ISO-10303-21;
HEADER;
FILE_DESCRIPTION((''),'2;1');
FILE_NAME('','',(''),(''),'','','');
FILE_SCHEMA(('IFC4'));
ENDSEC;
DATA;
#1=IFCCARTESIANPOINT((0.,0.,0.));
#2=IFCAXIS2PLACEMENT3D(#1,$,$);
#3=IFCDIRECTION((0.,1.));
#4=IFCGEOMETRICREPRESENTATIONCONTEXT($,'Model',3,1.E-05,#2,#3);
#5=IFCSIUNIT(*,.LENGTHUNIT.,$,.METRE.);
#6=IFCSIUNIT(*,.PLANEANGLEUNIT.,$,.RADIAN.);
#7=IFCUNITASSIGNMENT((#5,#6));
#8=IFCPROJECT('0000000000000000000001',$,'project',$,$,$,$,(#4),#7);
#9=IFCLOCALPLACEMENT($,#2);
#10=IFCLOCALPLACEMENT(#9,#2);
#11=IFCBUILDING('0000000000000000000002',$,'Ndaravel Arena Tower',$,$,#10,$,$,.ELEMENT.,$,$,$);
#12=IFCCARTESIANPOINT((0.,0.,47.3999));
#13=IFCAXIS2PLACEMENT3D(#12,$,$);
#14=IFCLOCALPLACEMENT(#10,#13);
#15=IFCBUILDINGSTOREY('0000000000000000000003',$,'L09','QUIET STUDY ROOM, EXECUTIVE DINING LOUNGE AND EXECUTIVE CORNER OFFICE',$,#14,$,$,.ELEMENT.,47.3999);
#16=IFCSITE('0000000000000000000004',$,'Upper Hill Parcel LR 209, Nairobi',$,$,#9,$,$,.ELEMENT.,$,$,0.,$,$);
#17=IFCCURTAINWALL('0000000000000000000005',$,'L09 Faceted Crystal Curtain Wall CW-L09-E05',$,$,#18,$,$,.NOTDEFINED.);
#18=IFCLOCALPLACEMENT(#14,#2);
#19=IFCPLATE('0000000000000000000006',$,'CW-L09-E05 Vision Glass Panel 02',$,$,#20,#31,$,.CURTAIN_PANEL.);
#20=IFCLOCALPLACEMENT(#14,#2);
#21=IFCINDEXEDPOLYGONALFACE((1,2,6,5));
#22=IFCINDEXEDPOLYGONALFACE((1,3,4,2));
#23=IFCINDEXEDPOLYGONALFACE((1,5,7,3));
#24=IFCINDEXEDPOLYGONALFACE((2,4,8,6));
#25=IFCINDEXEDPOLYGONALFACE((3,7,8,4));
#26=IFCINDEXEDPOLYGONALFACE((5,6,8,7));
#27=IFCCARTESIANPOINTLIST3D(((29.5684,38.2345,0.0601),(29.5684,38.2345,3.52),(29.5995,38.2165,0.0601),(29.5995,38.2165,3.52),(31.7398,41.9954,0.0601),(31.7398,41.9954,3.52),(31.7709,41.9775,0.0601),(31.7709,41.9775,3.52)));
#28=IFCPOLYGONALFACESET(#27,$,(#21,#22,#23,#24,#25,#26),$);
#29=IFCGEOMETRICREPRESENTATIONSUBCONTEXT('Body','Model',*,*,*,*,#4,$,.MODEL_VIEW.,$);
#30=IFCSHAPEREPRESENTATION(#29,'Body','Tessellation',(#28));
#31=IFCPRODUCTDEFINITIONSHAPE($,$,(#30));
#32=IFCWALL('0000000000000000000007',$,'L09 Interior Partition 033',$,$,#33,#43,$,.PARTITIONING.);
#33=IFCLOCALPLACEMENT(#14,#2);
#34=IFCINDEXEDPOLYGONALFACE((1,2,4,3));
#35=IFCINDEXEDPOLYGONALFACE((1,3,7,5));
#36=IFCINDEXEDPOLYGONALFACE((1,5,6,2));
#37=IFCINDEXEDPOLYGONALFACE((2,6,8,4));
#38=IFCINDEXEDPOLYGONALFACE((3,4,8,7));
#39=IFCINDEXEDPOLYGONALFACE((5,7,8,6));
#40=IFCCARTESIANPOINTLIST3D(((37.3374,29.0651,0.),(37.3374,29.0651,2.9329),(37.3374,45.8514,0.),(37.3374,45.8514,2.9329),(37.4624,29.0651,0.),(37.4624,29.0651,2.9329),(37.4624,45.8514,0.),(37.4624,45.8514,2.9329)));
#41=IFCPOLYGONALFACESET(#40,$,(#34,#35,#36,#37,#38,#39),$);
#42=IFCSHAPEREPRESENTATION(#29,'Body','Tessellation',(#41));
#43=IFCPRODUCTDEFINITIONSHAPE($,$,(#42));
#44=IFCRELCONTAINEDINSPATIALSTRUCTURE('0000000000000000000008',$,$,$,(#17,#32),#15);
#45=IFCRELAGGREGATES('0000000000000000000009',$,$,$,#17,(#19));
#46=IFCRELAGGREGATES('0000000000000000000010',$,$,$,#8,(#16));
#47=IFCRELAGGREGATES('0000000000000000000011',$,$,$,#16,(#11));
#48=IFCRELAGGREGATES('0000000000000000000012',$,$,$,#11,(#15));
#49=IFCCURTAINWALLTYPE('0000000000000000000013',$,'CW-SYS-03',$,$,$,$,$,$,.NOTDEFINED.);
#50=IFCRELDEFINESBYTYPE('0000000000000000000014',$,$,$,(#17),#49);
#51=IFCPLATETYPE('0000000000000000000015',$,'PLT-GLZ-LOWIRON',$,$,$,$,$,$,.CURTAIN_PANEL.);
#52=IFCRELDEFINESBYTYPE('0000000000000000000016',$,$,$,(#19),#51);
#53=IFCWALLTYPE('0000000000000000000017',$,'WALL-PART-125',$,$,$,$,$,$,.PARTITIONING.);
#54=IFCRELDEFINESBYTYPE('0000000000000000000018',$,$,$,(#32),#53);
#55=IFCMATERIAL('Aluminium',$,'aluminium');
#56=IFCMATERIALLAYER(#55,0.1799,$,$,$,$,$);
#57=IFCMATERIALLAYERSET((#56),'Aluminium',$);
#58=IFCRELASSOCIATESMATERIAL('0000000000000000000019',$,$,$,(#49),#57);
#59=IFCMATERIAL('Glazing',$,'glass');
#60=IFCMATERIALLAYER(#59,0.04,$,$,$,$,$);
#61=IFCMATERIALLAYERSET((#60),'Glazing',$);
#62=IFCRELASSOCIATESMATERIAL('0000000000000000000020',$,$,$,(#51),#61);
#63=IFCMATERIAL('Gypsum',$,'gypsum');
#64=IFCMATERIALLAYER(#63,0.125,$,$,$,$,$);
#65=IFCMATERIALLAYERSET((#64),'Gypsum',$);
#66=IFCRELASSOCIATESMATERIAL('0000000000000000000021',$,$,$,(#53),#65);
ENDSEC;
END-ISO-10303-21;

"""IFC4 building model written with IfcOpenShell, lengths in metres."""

from ifc_helpers import new_model, si_unit, direction, frame, frame_2d, origin, origin_2d, place, context, subcontext, project, spatial, rectangle, extrude, material, layer, layer_set, type_object, element, aggregate, save


model = new_model("IFC4")

# Units and contexts
model_context = context("Model", 3, precision=1e-05, world=origin(), true_north=direction((0.0, 1.0)))
body_context = subcontext(model_context, "Body", "Model", "MODEL_VIEW")
ifc_project = project(units=[si_unit("LENGTHUNIT", "METRE"), si_unit("PLANEANGLEUNIT", "RADIAN")], contexts=[model_context])

# Site, building, storey
site_placement = place(None, origin())
site = spatial("IfcSite", under=ifc_project, at=site_placement, Name="Upper Hill Parcel LR 209, Nairobi", CompositionType="ELEMENT", RefElevation=0.0)
building_placement = place(site_placement, origin())
building = spatial("IfcBuilding", under=site, at=building_placement, Name="Ndaravel Arena Tower", CompositionType="ELEMENT")
storey_placement = place(building_placement, frame((0.0, 0.0, 47.3999)))
storey = spatial("IfcBuildingStorey", under=building, at=storey_placement, Name="L09", Description="QUIET STUDY ROOM, EXECUTIVE DINING LOUNGE AND EXECUTIVE CORNER OFFICE", CompositionType="ELEMENT", Elevation=47.3999)

# Curtain wall
ifc_material_1 = material(Name="Aluminium", Category="aluminium")
ifc_layer_1 = layer(ifc_material_1, 0.1799)
ifc_layer_set_1 = layer_set([ifc_layer_1], Name="Aluminium")
curtain_wall_type_1 = type_object("IfcCurtainWallType", Name="CW-SYS-03", PredefinedType="NOTDEFINED", material=ifc_layer_set_1)
curtain_wall_1_placement = place(storey_placement, origin())
curtain_wall_1 = element("IfcCurtainWall", 1, at=curtain_wall_1_placement, inside=storey, type_object=curtain_wall_type_1, Name="L09 Faceted Crystal Curtain Wall CW-L09-E05", PredefinedType="NOTDEFINED")

# Plate
ifc_material_2 = material(Name="Glazing", Category="glass")
ifc_layer_2 = layer(ifc_material_2, 0.04)
ifc_layer_set_2 = layer_set([ifc_layer_2], Name="Glazing")
plate_type_1 = type_object("IfcPlateType", Name="PLT-GLZ-LOWIRON", PredefinedType="CURTAIN_PANEL", material=ifc_layer_set_2)
plate_1_placement = place(storey_placement, frame((30.6697, 40.106, 0.0601), z_axis=(0.0, 0.0, 1.0), x_axis=(-0.5, -0.866025, 0.0)))
plate_1 = element("IfcPlate", 2, at=plate_1_placement, type_object=plate_type_1, Name="CW-L09-E05 Vision Glass Panel 02", PredefinedType="CURTAIN_PANEL", context=body_context, shape_type="SweptSolid", body=[
    extrude(rectangle(XDim=4.3428, YDim=0.0359, at=origin_2d()), origin(), (0.0, 0.0, 1.0), 3.46),
])
aggregate(curtain_wall_1, [plate_1])

# Wall
ifc_material_3 = material(Name="Gypsum", Category="gypsum")
ifc_layer_3 = layer(ifc_material_3, 0.125)
ifc_layer_set_3 = layer_set([ifc_layer_3], Name="Gypsum")
wall_type = type_object("IfcWallType", Name="WALL-PART-125", PredefinedType="PARTITIONING", material=ifc_layer_set_3)
wall_placement = place(storey_placement, frame((37.3999, 45.8513, 0.0), z_axis=(0.0, 0.0, 1.0), x_axis=(0.0, -1.0, 0.0)))
element("IfcWall", 3, at=wall_placement, inside=storey, type_object=wall_type, Name="L09 Interior Partition 033", PredefinedType="PARTITIONING", context=body_context, shape_type="SweptSolid", body=[
    extrude(rectangle(XDim=16.7864, YDim=0.125, at=frame_2d((8.3931, 0.0))), origin(), (0.0, 0.0, 1.0), 2.9329),
])

save(model, "model.ifc")
